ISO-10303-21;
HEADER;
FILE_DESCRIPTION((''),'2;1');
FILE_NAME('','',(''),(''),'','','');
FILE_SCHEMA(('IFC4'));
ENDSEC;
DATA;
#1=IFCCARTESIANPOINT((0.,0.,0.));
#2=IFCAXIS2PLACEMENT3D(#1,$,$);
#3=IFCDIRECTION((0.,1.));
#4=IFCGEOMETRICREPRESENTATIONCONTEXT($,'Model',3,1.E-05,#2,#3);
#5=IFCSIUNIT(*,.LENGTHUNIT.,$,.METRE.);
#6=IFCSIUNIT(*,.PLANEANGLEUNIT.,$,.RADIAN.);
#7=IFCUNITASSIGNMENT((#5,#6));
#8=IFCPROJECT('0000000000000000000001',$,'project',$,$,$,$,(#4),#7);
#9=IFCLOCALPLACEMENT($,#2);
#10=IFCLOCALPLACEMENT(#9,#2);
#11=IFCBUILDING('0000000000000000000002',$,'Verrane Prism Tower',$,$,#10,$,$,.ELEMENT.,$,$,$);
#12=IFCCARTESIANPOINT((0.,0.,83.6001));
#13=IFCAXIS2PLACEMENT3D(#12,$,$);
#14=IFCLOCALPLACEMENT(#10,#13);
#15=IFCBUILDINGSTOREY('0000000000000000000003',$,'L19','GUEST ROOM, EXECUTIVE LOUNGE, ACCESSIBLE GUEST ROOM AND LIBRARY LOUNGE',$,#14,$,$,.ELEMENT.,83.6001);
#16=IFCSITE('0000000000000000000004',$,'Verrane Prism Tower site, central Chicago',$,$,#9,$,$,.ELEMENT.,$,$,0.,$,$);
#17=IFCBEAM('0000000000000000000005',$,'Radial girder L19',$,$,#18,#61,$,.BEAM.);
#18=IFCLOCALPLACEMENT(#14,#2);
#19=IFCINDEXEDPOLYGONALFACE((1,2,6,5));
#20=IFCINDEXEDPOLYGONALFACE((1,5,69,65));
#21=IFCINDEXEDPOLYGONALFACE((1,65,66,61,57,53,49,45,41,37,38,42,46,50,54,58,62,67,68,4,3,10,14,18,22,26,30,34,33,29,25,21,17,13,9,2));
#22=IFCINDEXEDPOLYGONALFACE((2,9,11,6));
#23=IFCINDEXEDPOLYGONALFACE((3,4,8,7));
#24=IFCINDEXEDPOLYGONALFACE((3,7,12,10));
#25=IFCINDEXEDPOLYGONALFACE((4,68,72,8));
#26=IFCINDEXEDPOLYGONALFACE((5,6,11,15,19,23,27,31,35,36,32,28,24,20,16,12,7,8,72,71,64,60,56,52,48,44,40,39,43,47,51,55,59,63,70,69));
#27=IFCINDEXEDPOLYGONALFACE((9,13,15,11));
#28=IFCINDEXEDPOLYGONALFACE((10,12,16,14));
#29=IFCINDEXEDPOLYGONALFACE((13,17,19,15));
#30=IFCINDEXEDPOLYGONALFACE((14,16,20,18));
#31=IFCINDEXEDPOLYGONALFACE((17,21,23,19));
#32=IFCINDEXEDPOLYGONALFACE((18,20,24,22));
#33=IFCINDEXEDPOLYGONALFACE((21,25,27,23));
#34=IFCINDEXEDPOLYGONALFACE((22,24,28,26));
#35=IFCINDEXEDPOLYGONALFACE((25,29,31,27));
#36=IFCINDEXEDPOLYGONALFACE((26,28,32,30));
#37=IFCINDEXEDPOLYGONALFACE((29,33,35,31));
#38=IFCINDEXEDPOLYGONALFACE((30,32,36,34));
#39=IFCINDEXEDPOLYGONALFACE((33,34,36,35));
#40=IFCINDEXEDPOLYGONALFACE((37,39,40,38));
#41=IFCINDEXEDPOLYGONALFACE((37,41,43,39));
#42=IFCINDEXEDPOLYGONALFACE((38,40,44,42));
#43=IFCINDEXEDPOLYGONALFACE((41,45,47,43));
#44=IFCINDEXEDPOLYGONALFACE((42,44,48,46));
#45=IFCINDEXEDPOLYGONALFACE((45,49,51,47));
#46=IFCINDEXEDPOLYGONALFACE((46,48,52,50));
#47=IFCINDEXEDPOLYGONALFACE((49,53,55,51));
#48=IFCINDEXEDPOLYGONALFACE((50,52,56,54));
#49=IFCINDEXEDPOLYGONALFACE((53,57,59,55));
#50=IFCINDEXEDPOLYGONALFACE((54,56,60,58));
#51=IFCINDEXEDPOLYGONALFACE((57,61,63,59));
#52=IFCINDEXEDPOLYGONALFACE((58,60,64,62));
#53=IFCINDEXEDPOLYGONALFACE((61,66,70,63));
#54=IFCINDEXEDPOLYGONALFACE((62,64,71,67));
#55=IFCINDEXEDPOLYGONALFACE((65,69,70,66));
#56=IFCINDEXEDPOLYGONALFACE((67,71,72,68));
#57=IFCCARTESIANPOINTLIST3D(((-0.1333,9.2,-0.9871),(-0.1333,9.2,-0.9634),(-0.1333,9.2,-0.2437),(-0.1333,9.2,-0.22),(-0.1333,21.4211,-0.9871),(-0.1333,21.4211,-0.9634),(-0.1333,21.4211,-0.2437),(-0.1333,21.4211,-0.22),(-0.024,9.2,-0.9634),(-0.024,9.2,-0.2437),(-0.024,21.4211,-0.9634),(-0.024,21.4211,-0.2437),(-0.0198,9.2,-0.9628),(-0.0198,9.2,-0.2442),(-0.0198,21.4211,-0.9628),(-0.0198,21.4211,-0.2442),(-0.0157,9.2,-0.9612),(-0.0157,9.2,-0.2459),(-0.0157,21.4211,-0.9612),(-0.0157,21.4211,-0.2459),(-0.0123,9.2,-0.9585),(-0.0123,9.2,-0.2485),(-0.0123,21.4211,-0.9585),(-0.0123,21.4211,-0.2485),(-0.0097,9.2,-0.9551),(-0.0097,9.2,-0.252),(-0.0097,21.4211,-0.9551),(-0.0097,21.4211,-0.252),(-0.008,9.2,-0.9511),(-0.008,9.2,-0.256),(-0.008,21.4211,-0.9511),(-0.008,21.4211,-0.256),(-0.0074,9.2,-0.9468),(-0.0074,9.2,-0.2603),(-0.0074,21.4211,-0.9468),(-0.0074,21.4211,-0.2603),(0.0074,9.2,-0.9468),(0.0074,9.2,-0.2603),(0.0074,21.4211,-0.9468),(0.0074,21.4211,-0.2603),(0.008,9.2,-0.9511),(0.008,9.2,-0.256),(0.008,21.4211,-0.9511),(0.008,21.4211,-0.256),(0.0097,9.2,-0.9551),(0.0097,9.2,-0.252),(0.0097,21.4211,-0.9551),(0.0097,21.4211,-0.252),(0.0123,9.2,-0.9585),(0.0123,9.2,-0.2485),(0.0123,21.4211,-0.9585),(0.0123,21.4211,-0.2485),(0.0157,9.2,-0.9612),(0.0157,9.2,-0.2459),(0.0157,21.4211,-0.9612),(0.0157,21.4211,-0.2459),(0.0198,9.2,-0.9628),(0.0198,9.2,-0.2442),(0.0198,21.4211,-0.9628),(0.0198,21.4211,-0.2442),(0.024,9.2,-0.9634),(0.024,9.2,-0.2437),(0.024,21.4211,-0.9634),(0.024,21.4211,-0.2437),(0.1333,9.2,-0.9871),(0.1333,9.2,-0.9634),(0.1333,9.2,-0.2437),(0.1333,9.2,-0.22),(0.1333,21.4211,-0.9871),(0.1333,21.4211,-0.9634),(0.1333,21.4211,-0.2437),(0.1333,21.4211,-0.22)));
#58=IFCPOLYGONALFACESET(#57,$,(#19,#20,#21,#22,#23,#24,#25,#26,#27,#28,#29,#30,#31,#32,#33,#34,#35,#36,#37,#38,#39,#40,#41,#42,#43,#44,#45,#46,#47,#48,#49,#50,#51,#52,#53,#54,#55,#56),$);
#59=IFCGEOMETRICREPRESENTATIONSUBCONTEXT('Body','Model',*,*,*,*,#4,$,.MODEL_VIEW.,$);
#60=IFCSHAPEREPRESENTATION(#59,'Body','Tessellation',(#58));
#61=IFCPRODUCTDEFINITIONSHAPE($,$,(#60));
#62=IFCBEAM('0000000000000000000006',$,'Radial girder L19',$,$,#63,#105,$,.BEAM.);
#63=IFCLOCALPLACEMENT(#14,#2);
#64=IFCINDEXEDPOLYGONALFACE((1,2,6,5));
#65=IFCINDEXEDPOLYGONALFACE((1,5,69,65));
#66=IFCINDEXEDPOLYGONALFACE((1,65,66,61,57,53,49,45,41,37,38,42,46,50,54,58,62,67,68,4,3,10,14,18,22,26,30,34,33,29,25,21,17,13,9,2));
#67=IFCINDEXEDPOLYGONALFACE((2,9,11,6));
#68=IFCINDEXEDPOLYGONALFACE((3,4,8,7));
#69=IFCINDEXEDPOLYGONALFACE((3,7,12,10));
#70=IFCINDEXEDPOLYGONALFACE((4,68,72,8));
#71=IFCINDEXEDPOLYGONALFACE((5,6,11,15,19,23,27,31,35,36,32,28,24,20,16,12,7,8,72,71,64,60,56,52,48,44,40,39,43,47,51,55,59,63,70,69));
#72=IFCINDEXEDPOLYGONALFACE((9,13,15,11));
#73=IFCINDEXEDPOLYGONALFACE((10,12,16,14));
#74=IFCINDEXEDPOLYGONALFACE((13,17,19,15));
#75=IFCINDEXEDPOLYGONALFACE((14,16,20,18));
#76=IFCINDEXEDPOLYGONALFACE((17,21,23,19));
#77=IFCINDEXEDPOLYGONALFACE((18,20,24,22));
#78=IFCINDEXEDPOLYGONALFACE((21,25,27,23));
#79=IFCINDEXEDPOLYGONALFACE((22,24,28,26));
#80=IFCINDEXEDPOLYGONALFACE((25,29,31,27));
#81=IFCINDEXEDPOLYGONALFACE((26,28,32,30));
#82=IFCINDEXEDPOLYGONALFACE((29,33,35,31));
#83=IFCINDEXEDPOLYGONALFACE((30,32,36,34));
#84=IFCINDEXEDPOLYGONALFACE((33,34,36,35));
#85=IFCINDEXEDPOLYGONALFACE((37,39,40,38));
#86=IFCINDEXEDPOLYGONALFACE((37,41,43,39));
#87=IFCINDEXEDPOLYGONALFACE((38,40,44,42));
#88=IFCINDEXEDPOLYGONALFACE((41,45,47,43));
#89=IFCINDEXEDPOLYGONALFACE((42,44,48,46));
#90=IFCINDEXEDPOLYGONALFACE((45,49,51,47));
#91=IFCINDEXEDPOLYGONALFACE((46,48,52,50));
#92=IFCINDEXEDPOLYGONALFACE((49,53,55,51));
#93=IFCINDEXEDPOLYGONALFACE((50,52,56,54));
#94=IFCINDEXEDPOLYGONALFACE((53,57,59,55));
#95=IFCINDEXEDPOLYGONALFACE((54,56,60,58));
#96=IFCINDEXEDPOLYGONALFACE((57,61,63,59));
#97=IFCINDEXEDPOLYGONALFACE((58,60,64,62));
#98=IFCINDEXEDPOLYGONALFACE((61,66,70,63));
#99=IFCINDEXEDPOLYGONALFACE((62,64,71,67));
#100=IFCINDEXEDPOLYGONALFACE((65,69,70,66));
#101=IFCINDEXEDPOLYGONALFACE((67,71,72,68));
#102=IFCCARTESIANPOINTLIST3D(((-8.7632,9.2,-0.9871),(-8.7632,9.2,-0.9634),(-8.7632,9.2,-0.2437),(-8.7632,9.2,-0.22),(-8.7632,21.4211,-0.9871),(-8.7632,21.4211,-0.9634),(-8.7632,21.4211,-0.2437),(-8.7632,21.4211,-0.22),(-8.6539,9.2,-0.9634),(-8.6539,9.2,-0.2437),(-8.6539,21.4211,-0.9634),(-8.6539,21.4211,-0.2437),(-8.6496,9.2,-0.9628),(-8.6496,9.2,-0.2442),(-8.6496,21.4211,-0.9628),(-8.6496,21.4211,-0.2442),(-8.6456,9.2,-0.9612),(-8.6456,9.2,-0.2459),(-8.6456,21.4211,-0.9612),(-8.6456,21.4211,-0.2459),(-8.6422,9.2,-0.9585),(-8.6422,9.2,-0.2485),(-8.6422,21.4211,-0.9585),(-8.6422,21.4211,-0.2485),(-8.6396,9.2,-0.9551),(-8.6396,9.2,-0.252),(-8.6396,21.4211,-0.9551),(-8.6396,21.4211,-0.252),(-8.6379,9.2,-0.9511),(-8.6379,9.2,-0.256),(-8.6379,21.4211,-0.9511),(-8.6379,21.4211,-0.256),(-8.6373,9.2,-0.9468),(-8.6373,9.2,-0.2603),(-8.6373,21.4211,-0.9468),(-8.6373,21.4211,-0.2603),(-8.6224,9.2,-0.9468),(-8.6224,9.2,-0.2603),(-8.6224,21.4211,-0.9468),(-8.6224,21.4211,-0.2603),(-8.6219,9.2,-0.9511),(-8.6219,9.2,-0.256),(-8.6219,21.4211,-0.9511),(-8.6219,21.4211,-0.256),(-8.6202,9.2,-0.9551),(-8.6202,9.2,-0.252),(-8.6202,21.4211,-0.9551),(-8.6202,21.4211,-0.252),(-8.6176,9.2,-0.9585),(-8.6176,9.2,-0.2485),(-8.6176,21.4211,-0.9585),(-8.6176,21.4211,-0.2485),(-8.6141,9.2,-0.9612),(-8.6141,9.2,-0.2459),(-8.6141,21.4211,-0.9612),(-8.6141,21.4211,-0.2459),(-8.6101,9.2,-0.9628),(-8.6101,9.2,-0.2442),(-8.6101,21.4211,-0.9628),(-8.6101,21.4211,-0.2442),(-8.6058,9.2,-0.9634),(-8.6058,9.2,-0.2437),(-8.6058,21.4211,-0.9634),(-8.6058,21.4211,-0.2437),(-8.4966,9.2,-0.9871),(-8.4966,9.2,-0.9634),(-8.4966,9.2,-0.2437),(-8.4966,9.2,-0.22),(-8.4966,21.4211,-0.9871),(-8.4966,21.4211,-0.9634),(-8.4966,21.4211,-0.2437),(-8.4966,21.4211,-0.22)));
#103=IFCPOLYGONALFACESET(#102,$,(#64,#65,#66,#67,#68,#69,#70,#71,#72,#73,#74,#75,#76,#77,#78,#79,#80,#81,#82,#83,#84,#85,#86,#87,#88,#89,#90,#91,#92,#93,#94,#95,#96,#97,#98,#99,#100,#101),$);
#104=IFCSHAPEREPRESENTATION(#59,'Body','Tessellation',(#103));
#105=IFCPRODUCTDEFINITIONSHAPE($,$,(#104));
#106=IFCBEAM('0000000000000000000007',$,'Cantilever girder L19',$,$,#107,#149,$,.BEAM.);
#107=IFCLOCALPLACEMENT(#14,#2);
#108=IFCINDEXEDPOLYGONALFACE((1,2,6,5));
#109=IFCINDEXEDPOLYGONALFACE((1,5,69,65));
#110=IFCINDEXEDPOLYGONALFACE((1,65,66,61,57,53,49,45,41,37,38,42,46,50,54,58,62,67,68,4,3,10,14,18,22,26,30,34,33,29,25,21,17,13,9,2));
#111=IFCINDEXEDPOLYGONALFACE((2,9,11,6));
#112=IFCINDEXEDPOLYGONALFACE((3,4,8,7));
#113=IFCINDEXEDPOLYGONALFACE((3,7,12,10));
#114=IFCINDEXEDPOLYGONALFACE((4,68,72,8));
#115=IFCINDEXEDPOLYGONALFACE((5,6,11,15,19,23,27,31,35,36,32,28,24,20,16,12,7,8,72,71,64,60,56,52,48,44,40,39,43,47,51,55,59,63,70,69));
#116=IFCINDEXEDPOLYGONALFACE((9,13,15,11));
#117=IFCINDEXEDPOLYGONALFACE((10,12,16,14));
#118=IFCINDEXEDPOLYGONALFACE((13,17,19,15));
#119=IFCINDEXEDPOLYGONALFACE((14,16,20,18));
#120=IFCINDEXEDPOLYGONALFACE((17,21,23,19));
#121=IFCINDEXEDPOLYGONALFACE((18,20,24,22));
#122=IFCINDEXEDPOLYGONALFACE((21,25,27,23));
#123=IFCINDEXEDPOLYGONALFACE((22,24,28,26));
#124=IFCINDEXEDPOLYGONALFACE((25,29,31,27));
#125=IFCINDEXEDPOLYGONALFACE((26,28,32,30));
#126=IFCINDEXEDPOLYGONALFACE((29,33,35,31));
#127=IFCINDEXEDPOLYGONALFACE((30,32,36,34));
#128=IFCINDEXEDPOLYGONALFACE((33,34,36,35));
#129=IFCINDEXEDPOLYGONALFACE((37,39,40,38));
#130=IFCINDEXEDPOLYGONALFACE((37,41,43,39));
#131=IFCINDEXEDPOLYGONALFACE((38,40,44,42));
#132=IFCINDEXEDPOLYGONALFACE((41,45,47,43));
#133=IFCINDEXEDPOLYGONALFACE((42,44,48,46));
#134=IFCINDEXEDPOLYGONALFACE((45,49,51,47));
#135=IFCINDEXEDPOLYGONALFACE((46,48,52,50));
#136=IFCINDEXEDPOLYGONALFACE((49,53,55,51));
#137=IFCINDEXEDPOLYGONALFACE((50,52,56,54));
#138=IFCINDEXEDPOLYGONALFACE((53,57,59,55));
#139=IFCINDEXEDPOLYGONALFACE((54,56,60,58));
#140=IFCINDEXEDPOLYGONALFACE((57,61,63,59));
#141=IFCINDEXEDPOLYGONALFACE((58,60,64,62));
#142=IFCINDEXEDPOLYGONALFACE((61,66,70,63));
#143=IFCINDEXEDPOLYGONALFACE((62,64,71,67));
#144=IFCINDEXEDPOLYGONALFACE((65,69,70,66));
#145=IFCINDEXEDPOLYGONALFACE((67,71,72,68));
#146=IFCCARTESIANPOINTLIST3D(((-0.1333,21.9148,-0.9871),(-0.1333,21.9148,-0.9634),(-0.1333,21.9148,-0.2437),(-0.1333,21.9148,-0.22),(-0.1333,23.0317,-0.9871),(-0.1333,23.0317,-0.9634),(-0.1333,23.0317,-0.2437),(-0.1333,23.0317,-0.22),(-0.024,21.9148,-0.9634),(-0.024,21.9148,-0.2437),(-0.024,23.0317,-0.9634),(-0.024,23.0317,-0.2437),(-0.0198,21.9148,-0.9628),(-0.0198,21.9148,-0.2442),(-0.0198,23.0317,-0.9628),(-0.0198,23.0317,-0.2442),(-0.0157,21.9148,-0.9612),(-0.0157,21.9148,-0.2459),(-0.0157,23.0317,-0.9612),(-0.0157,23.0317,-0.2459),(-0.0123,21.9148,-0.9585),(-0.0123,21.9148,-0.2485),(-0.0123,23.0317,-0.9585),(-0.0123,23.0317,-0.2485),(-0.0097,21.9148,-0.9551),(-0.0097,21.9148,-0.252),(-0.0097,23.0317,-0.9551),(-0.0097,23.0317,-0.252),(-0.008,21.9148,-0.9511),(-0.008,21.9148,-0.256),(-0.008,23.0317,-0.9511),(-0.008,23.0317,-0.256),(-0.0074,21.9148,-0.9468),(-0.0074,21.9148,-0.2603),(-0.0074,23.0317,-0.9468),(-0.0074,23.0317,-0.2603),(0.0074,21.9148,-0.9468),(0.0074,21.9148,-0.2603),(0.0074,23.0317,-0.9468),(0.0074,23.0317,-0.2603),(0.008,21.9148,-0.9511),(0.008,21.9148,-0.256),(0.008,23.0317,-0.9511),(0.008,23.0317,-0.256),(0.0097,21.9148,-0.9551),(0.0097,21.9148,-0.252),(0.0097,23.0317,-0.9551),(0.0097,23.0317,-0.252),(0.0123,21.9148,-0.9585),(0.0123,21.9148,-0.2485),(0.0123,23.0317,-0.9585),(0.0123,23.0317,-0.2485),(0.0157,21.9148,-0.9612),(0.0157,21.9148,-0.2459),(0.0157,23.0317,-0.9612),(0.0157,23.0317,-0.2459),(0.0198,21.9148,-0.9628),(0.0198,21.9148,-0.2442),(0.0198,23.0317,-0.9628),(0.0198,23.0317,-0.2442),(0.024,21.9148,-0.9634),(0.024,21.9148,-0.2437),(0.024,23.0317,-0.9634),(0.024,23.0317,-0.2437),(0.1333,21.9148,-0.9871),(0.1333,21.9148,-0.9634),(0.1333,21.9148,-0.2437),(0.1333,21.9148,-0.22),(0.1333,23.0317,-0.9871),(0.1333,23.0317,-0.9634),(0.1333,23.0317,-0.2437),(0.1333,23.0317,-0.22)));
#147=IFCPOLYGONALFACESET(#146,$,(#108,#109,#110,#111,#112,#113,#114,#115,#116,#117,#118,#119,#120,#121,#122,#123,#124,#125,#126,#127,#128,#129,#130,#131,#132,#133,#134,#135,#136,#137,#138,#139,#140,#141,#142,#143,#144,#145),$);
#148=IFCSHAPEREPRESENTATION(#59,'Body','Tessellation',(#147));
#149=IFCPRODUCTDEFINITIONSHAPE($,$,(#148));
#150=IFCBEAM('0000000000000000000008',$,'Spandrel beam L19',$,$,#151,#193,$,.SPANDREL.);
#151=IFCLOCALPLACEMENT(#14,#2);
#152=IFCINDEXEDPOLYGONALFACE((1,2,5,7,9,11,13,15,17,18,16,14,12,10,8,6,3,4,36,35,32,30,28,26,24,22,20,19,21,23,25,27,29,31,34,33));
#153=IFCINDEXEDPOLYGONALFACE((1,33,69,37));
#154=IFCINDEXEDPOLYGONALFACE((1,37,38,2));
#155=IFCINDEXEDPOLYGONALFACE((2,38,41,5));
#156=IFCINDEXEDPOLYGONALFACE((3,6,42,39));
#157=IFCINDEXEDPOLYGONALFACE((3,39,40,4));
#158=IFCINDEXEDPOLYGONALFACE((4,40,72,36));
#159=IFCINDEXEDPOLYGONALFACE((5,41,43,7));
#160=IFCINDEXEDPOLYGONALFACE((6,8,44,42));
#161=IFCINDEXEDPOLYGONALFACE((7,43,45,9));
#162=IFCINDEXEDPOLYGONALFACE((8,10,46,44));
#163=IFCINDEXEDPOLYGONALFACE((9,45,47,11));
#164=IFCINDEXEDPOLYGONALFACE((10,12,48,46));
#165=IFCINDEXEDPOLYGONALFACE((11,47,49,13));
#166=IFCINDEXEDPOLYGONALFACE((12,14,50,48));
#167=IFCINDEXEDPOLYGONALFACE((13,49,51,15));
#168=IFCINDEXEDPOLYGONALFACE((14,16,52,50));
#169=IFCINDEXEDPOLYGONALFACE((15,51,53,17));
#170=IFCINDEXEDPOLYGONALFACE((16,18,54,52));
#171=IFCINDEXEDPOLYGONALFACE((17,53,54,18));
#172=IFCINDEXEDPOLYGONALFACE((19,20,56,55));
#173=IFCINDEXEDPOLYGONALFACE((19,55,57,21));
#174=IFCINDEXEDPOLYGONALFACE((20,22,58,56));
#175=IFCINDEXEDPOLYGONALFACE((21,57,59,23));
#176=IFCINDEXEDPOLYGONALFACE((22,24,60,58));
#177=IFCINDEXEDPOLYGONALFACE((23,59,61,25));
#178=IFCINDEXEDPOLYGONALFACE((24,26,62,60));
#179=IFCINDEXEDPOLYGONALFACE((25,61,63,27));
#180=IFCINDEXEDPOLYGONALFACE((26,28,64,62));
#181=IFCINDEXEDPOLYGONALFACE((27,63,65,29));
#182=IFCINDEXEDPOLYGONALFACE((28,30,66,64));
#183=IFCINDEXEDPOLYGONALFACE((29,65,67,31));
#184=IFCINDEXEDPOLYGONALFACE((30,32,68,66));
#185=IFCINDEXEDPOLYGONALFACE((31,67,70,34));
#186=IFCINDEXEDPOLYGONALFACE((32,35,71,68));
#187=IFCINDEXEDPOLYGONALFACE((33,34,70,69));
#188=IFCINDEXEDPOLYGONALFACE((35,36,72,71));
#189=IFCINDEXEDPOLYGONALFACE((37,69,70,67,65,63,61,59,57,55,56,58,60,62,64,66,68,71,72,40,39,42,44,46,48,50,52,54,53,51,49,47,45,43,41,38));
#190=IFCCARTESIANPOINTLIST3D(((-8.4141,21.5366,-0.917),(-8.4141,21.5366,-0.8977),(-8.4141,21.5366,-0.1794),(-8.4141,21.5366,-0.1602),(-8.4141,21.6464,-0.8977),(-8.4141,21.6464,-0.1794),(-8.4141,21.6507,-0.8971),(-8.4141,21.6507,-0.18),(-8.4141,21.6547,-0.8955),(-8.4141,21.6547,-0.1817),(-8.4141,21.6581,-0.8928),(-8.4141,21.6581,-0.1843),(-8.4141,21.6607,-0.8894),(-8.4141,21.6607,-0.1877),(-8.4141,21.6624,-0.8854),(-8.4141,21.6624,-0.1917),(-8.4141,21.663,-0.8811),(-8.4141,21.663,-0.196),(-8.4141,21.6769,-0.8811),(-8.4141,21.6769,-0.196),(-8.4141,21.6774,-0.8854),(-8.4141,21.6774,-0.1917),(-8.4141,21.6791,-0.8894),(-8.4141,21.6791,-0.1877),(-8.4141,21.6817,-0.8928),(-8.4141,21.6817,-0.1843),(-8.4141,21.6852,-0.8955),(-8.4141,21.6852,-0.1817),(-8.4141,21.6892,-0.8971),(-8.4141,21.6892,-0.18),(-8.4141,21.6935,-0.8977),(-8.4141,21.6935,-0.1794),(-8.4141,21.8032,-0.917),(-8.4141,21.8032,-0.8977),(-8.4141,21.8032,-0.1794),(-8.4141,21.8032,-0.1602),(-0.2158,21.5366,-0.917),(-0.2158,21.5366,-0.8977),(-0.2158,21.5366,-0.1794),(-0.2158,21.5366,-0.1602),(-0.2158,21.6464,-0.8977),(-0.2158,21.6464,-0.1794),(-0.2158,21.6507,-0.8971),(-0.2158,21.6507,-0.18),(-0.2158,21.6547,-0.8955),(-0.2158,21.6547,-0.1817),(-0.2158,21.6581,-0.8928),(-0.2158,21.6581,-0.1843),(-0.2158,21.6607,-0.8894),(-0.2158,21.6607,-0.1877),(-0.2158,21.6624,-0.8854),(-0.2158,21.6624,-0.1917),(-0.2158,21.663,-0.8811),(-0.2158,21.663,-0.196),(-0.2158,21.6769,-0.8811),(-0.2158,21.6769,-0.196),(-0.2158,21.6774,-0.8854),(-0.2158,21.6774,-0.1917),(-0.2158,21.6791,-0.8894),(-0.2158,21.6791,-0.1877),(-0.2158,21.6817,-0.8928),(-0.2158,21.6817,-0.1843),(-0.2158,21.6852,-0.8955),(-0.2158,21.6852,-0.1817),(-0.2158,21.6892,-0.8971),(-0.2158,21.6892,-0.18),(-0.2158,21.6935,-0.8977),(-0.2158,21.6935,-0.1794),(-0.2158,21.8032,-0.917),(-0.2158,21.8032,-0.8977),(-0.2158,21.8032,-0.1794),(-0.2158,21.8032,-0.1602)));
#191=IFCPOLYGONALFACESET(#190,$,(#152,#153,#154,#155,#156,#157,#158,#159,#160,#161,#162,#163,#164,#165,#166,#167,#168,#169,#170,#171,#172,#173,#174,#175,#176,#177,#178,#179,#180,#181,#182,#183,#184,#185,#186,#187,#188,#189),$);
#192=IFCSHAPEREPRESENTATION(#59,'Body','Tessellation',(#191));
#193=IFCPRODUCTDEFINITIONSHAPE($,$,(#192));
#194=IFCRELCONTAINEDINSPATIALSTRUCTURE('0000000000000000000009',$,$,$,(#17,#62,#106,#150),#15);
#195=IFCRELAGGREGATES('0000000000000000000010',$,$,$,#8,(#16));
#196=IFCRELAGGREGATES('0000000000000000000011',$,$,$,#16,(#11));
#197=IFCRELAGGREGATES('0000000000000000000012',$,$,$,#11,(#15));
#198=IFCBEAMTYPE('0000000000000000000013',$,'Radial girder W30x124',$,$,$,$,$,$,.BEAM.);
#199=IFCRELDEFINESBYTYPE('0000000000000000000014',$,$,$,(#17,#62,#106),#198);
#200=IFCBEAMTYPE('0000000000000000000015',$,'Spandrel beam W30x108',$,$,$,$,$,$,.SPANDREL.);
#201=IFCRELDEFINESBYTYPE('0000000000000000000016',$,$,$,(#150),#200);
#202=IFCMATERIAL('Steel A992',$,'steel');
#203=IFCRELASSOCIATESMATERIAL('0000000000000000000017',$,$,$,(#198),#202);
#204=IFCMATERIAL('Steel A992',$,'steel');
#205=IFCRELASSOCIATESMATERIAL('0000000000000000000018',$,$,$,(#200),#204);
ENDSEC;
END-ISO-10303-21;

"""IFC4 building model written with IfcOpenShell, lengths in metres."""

from ifc_helpers import new_model, si_unit, direction, frame, origin, origin_2d, place, context, subcontext, project, spatial, i_section, extrude, material, material_profile, profile_set, type_object, element, save


model = new_model("IFC4")

# Units and contexts
model_context = context("Model", 3, precision=1e-05, world=origin(), true_north=direction((0.0, 1.0)))
body_context = subcontext(model_context, "Body", "Model", "MODEL_VIEW")
ifc_project = project(units=[si_unit("LENGTHUNIT", "METRE"), si_unit("PLANEANGLEUNIT", "RADIAN")], contexts=[model_context])

# Site, building, storey
site_placement = place(None, origin())
site = spatial("IfcSite", under=ifc_project, at=site_placement, Name="Verrane Prism Tower site, central Chicago", CompositionType="ELEMENT", RefElevation=0.0)
building_placement = place(site_placement, origin())
building = spatial("IfcBuilding", under=site, at=building_placement, Name="Verrane Prism Tower", CompositionType="ELEMENT")
storey_placement = place(building_placement, frame((0.0, 0.0, 83.6001)))
storey = spatial("IfcBuildingStorey", under=building, at=storey_placement, Name="L19", Description="GUEST ROOM, EXECUTIVE LOUNGE, ACCESSIBLE GUEST ROOM AND LIBRARY LOUNGE", CompositionType="ELEMENT", Elevation=83.6001)

# Beams
ifc_material_1 = material(Name="Steel A992", Category="steel")
ifc_material_profile_1 = material_profile(ifc_material_1, i_section(OverallWidth=0.2666, OverallDepth=0.7671, WebThickness=0.0149, FlangeThickness=0.0237, FilletRadius=0.0166, at=origin_2d()), Name="W30x124")
ifc_profile_set_1 = profile_set([ifc_material_profile_1], Name="Steel A992")
beam_type_1 = type_object("IfcBeamType", Name="Radial girder W30x124", PredefinedType="BEAM", material=ifc_profile_set_1)
for number, where, z_axis, x_axis, name in (
    (1, (0.0, 21.4211, -0.6035), (0.0, -1.0, 0.0), (1.0, 0.0, 0.0), "Radial girder L19"),
    (2, (-8.6299, 21.4211, -0.6035), (0.0, -1.0, 0.0), (1.0, 0.0, 0.0), "Radial girder L19"),
):
    element("IfcBeam", number, at=place(storey_placement, frame(where, z_axis=z_axis, x_axis=x_axis)), inside=storey, type_object=beam_type_1, Name=name, PredefinedType="BEAM", context=body_context, shape_type="SweptSolid", body=[
        extrude(i_section(OverallWidth=0.2666, OverallDepth=0.7671, WebThickness=0.0149, FlangeThickness=0.0237, FilletRadius=0.0166, at=origin_2d()), origin(), (0.0, 0.0, 1.0), 12.2212),
    ])
beam_1_placement = place(storey_placement, frame((0.0, 21.9148, -0.6035), z_axis=(0.0, 1.0, 0.0), x_axis=(-1.0, 0.0, 0.0)))
element("IfcBeam", 3, at=beam_1_placement, inside=storey, type_object=beam_type_1, Name="Cantilever girder L19", PredefinedType="BEAM", context=body_context, shape_type="SweptSolid", body=[
    extrude(i_section(OverallWidth=0.2666, OverallDepth=0.7671, WebThickness=0.0149, FlangeThickness=0.0237, FilletRadius=0.0166, at=origin_2d()), origin(), (0.0, 0.0, 1.0), 1.1169),
])
ifc_material_2 = material(Name="Steel A992", Category="steel")
ifc_material_profile_2 = material_profile(ifc_material_2, i_section(OverallWidth=0.2666, OverallDepth=0.7568, WebThickness=0.0139, FlangeThickness=0.0193, FilletRadius=0.0166, at=origin_2d()), Name="W30x108")
ifc_profile_set_2 = profile_set([ifc_material_profile_2], Name="Steel A992")
beam_type_2 = type_object("IfcBeamType", Name="Spandrel beam W30x108", PredefinedType="SPANDREL", material=ifc_profile_set_2)
for number, where, z_axis, x_axis, name in (
    (4, (-0.2158, 21.6699, -0.5386), (-1.0, 0.0, 0.0), (0.0, -1.0, 0.0), "Spandrel beam L19"),
):
    element("IfcBeam", number, at=place(storey_placement, frame(where, z_axis=z_axis, x_axis=x_axis)), inside=storey, type_object=beam_type_2, Name=name, PredefinedType="SPANDREL", context=body_context, shape_type="SweptSolid", body=[
        extrude(i_section(OverallWidth=0.2666, OverallDepth=0.7568, WebThickness=0.0139, FlangeThickness=0.0193, FilletRadius=0.0166, at=origin_2d()), origin(), (0.0, 0.0, 1.0), 8.1982),
    ])

save(model, "model.ifc")
